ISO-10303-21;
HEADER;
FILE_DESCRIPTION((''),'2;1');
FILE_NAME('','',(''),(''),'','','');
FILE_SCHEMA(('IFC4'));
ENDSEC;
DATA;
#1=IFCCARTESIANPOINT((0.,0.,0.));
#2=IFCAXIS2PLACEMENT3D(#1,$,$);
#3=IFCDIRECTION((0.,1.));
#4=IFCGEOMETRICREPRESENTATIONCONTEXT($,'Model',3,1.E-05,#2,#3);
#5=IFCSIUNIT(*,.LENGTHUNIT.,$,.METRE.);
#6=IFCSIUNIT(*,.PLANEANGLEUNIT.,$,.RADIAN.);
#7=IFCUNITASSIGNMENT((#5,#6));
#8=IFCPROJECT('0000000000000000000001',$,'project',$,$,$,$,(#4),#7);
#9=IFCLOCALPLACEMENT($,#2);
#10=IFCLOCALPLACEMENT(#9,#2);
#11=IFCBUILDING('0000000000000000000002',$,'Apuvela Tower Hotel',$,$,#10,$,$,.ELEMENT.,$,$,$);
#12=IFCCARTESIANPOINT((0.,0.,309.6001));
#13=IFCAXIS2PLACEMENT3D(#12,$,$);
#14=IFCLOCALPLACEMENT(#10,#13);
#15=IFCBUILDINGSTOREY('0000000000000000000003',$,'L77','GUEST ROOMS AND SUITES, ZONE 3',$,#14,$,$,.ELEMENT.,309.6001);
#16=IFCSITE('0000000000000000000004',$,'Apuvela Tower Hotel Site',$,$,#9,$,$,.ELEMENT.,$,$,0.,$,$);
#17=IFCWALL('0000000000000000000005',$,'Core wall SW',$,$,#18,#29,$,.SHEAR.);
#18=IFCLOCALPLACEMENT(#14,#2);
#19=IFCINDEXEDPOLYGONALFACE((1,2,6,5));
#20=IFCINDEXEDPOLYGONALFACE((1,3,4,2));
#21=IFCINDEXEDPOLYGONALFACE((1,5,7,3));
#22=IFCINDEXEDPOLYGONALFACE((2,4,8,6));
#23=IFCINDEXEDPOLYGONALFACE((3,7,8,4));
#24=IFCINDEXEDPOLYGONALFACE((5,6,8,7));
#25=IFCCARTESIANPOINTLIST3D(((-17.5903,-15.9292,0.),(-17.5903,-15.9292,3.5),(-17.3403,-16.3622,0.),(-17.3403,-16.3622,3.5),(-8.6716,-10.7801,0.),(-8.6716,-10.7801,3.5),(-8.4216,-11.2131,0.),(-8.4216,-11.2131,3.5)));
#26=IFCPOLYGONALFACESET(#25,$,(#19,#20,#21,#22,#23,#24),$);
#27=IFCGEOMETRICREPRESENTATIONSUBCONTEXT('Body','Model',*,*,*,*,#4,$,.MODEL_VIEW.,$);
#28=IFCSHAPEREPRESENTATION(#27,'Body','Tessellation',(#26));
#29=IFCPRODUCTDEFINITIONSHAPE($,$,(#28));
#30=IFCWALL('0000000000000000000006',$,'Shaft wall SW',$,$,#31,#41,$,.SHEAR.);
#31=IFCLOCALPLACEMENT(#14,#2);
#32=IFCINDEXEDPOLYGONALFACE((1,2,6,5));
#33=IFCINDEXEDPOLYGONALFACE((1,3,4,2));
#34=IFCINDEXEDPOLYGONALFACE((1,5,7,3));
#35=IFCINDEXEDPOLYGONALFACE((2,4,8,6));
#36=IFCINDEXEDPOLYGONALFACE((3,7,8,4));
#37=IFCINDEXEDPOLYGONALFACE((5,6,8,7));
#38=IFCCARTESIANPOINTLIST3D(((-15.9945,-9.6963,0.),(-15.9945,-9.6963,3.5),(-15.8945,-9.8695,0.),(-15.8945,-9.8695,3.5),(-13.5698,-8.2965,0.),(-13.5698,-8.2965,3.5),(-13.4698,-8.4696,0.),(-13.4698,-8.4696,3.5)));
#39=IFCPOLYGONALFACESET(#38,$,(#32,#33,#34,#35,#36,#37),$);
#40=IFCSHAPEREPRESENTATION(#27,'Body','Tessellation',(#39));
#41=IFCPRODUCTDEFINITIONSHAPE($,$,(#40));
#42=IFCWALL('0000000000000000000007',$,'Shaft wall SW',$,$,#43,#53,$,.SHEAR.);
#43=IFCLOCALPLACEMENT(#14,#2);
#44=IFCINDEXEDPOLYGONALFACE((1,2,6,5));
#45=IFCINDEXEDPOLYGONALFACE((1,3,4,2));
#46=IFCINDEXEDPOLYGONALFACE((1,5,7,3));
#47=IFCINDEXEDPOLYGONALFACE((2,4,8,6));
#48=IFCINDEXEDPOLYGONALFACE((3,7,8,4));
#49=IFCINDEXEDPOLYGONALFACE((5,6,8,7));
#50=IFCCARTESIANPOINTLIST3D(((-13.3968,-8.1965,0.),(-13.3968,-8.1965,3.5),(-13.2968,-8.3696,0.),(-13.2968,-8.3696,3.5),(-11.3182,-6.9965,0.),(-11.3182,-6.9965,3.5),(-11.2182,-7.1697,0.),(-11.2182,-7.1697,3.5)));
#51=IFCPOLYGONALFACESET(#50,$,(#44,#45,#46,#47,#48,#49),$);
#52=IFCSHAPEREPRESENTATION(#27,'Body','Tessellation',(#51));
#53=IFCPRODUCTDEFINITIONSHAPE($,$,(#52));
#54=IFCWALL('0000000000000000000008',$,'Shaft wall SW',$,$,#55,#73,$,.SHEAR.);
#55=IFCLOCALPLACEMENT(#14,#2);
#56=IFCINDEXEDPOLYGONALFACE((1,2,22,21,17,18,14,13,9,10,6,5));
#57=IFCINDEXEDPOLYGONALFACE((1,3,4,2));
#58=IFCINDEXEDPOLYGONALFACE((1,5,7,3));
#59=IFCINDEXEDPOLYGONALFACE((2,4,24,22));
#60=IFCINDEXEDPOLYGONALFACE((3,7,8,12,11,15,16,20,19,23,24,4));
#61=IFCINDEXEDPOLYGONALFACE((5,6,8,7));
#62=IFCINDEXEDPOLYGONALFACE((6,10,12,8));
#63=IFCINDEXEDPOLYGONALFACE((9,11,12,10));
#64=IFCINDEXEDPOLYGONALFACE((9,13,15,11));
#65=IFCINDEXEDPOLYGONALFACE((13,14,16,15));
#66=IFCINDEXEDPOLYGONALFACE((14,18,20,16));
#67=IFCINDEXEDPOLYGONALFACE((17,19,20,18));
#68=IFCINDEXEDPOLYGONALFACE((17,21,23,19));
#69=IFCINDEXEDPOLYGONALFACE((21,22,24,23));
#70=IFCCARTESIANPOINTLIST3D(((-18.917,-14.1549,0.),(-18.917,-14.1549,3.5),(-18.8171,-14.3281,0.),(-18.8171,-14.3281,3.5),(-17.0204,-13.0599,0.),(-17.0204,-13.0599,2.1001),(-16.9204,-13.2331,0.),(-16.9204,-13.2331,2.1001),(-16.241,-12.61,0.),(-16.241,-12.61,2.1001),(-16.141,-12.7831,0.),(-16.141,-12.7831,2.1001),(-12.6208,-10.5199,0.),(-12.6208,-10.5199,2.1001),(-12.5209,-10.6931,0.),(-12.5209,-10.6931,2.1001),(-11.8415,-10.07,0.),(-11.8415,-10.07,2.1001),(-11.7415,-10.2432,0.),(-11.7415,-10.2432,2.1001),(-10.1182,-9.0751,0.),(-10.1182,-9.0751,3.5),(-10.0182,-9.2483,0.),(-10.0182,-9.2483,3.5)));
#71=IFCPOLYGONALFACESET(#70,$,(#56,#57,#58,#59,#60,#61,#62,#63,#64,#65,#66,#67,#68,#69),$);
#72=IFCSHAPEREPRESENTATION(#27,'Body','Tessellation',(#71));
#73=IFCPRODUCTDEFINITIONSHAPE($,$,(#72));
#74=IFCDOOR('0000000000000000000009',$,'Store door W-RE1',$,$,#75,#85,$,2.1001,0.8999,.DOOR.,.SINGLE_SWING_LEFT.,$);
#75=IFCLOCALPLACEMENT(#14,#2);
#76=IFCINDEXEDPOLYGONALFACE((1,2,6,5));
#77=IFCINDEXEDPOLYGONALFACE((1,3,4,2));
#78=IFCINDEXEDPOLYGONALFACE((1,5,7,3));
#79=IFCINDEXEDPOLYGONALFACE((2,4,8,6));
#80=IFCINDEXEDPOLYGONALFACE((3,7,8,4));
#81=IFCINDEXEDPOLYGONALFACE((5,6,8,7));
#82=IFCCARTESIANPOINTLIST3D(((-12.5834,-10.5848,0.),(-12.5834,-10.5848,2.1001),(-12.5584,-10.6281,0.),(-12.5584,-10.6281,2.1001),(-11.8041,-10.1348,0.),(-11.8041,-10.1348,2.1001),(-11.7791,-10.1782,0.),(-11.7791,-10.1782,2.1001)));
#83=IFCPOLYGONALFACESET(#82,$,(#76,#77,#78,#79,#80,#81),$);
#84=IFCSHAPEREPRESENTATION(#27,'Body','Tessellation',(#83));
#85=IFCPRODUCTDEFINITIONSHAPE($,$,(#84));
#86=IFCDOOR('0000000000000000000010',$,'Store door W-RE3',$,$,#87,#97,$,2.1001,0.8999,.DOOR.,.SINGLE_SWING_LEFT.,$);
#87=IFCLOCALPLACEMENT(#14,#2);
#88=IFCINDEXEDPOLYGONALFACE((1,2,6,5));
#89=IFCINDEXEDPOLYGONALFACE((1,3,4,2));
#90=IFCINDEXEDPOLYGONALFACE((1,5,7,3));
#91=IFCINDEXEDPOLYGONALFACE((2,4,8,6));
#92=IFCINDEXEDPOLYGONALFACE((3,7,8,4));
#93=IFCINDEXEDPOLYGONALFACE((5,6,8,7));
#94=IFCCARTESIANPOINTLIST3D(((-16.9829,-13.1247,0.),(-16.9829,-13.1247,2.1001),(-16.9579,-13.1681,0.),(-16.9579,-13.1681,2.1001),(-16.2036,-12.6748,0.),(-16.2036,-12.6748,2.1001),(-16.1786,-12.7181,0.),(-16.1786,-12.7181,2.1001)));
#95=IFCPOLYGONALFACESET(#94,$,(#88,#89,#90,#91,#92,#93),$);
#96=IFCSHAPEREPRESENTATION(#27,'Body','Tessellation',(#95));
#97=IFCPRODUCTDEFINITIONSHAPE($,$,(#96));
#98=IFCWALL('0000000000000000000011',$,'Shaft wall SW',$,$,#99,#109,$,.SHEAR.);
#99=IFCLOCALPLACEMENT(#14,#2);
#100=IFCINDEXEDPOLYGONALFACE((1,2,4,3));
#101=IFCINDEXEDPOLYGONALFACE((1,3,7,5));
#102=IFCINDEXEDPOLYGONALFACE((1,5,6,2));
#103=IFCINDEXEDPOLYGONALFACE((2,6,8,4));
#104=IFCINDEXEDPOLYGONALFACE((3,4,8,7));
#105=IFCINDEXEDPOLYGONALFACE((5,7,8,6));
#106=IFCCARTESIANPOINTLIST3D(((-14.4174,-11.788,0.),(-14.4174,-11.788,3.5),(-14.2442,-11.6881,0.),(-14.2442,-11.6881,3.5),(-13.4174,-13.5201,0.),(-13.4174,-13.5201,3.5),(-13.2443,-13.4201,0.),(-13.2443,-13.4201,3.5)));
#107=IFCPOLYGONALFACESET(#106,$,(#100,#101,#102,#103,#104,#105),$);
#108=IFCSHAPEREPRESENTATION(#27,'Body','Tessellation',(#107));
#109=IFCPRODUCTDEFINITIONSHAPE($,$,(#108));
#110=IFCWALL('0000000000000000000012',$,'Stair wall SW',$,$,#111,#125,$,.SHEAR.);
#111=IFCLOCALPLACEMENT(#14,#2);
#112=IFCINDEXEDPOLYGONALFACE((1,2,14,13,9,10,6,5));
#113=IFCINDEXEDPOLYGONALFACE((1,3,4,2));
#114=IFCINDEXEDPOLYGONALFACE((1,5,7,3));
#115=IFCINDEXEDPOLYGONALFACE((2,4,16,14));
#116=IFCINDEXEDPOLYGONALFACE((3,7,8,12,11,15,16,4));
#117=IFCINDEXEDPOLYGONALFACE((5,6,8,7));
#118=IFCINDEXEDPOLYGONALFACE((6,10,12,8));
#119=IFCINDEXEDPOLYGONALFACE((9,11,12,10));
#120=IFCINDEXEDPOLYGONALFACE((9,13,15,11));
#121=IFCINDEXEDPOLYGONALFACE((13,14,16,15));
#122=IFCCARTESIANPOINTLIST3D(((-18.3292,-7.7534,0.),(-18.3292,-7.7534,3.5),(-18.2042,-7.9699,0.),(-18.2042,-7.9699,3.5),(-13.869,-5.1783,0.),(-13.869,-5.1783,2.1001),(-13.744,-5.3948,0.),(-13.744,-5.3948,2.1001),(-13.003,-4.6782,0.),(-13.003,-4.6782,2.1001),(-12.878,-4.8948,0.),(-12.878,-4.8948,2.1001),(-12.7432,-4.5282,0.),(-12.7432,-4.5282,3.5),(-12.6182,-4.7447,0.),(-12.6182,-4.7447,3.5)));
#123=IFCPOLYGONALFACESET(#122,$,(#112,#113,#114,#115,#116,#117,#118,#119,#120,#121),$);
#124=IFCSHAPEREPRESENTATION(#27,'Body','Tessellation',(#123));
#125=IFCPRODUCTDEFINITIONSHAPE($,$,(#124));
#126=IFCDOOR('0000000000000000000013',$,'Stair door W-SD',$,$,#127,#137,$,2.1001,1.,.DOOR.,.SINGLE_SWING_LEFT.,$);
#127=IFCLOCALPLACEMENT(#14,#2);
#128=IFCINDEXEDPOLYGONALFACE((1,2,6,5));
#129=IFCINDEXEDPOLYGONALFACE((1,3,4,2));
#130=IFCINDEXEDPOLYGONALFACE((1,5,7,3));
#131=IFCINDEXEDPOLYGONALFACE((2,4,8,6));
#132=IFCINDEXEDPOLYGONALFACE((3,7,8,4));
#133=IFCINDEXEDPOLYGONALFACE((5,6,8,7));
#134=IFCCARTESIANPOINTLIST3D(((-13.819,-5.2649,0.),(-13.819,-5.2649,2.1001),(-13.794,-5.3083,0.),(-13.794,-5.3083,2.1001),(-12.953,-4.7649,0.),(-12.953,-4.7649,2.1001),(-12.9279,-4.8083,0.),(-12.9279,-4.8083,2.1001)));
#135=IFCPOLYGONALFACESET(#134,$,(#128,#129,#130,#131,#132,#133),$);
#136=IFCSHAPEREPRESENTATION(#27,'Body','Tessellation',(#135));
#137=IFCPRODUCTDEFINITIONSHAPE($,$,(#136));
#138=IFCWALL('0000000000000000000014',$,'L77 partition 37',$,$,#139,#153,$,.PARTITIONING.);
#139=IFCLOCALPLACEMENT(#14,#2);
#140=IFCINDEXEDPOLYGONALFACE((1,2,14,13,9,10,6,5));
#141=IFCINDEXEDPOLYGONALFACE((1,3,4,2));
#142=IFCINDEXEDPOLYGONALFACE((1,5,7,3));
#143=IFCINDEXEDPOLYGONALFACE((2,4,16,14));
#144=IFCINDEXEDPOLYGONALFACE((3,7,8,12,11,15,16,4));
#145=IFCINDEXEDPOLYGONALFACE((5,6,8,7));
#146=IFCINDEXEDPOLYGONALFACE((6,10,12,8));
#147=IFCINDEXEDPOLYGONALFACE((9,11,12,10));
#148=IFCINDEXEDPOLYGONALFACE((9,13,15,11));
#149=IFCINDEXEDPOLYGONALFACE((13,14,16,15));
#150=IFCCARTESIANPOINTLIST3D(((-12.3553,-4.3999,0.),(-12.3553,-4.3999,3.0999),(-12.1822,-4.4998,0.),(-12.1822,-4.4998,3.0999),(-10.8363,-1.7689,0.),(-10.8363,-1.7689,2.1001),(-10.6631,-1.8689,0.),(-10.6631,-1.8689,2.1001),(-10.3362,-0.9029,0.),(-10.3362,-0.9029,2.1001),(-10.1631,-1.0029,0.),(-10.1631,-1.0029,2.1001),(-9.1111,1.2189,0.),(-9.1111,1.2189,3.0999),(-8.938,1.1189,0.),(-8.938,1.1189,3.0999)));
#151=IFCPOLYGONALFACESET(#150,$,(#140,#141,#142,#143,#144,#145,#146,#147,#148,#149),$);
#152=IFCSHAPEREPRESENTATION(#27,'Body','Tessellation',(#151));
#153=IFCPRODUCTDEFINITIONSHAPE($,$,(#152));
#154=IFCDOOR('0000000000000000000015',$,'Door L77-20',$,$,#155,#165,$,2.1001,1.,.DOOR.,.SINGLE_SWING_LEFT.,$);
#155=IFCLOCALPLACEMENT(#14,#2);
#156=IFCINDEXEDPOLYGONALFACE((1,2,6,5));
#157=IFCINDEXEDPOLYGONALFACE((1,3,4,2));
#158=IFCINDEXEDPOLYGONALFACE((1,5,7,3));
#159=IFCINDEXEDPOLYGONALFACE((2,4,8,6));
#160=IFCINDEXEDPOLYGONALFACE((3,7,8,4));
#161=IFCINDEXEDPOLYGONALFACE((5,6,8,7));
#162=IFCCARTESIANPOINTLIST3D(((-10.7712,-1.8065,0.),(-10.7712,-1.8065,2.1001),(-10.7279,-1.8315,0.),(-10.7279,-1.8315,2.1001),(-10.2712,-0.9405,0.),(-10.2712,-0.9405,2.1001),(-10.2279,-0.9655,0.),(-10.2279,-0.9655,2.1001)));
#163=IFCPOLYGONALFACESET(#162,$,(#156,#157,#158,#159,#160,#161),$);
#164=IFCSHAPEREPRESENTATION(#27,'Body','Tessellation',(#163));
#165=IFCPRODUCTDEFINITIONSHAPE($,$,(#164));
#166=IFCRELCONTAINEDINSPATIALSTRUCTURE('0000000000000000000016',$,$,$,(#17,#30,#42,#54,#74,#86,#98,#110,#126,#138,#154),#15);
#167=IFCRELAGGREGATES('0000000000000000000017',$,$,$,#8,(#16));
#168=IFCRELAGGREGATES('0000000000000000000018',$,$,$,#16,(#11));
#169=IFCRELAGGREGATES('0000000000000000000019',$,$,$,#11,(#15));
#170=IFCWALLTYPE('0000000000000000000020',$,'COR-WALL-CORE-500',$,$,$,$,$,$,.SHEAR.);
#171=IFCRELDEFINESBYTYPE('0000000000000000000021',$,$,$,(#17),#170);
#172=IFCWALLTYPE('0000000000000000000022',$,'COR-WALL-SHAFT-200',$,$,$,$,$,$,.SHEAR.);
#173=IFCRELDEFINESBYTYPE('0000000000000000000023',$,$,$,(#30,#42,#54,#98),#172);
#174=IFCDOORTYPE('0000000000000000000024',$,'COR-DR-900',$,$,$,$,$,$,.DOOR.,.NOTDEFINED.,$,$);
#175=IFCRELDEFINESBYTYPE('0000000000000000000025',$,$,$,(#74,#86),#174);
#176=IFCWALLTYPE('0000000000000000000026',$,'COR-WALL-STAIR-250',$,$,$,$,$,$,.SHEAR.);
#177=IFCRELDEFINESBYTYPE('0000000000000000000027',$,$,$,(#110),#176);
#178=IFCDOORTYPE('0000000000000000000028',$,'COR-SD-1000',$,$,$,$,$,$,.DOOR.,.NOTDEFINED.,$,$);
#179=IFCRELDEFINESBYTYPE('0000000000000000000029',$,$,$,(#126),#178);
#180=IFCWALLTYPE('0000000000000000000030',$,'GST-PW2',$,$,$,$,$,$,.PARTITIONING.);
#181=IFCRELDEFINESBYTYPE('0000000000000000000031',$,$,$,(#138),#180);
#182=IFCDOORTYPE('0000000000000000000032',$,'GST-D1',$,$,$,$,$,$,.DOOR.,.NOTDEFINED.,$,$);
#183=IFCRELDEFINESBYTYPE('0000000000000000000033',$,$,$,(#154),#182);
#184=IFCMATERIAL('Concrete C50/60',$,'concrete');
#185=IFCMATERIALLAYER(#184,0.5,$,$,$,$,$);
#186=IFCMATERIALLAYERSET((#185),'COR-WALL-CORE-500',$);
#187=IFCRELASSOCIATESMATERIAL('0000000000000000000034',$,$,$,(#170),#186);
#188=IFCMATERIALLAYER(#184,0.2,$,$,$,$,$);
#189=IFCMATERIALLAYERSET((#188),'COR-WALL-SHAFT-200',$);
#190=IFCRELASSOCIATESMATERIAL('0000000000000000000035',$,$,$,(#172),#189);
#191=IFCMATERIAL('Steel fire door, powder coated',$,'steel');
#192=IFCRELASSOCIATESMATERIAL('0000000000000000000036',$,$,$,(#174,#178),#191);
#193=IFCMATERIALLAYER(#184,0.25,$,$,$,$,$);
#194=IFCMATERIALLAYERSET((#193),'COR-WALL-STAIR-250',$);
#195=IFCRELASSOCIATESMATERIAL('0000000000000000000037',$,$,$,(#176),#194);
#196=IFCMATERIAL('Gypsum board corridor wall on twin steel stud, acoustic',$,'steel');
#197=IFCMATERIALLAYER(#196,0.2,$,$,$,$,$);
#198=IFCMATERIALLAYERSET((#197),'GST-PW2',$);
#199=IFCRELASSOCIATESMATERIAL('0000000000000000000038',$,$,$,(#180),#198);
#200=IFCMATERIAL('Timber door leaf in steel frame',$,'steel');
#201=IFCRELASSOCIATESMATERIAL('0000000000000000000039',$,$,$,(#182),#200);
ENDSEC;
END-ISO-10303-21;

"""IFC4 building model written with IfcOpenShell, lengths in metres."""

from ifc_helpers import new_model, si_unit, direction, frame, frame_2d, origin, place, context, subcontext, project, spatial, rectangle, extrude, material, layer, layer_set, type_object, element, fill, save


model = new_model("IFC4")

# Units and contexts
model_context = context("Model", 3, precision=1e-05, world=origin(), true_north=direction((0.0, 1.0)))
body_context = subcontext(model_context, "Body", "Model", "MODEL_VIEW")
ifc_project = project(units=[si_unit("LENGTHUNIT", "METRE"), si_unit("PLANEANGLEUNIT", "RADIAN")], contexts=[model_context])

# Site, building, storey
site_placement = place(None, origin())
site = spatial("IfcSite", under=ifc_project, at=site_placement, Name="Apuvela Tower Hotel Site", CompositionType="ELEMENT", RefElevation=0.0)
building_placement = place(site_placement, origin())
building = spatial("IfcBuilding", under=site, at=building_placement, Name="Apuvela Tower Hotel", CompositionType="ELEMENT")
storey_placement = place(building_placement, frame((0.0, 0.0, 309.6001)))
storey = spatial("IfcBuildingStorey", under=building, at=storey_placement, Name="L77", Description="GUEST ROOMS AND SUITES, ZONE 3", CompositionType="ELEMENT", Elevation=309.6001)

# Walls
ifc_material_1 = material(Name="Concrete C50/60", Category="concrete")
ifc_layer_1 = layer(ifc_material_1, 0.5)
ifc_layer_set_1 = layer_set([ifc_layer_1], Name="COR-WALL-CORE-500")
wall_type_1 = type_object("IfcWallType", Name="COR-WALL-CORE-500", PredefinedType="SHEAR", material=ifc_layer_set_1)
wall_1_placement = place(storey_placement, frame((-8.5466, -10.9966, 0.0), z_axis=(0.0, 0.0, 1.0), x_axis=(-0.866027, -0.499997, 0.0)))
element("IfcWall", 1, at=wall_1_placement, inside=storey, type_object=wall_type_1, Name="Core wall SW", PredefinedType="SHEAR", context=body_context, shape_type="SweptSolid", body=[
    extrude(rectangle(XDim=10.2983, YDim=0.5, at=frame_2d((5.1492, 0.0))), origin(), (0.0, 0.0, 1.0), 3.5),
])
ifc_layer_2 = layer(ifc_material_1, 0.2)
ifc_layer_set_2 = layer_set([ifc_layer_2], Name="COR-WALL-SHAFT-200")
wall_type_2 = type_object("IfcWallType", Name="COR-WALL-SHAFT-200", PredefinedType="SHEAR", material=ifc_layer_set_2)
wall_2_placement = place(storey_placement, frame((-13.5198, -8.3831, 0.0), z_axis=(0.0, 0.0, 1.0), x_axis=(-0.866035, -0.499984, 0.0)))
element("IfcWall", 2, at=wall_2_placement, inside=storey, type_object=wall_type_2, Name="Shaft wall SW", PredefinedType="SHEAR", context=body_context, shape_type="SweptSolid", body=[
    extrude(rectangle(XDim=2.7998, YDim=0.2, at=frame_2d((1.3999, 0.0))), origin(), (0.0, 0.0, 1.0), 3.5),
])
wall_3_placement = place(storey_placement, frame((-11.2681, -7.083, 0.0), z_axis=(0.0, 0.0, 1.0), x_axis=(-0.86605, -0.499957, 0.0)))
element("IfcWall", 3, at=wall_3_placement, inside=storey, type_object=wall_type_2, Name="Shaft wall SW", PredefinedType="SHEAR", context=body_context, shape_type="SweptSolid", body=[
    extrude(rectangle(XDim=2.4001, YDim=0.2, at=frame_2d((1.2002, 0.0))), origin(), (0.0, 0.0, 1.0), 3.5),
])

# Wall, openings, doors
wall_4_placement = place(storey_placement, frame((-10.0681, -9.1616, 0.0), z_axis=(0.0, 0.0, 1.0), x_axis=(-0.866033, -0.499987, 0.0)))
wall_4 = element("IfcWall", 4, at=wall_4_placement, inside=storey, type_object=wall_type_2, Name="Shaft wall SW", PredefinedType="SHEAR", context=body_context, shape_type="SweptSolid", body=[
    extrude(rectangle(XDim=10.1599, YDim=0.2, at=frame_2d((5.0801, 0.0))), origin(), (0.0, 0.0, 1.0), 3.5),
])
opening_1_placement = place(wall_4_placement, frame((1.99, 0.0, 0.0)))
opening_1 = element("IfcOpeningElement", 5, at=opening_1_placement, cuts=wall_4, PredefinedType="OPENING", context=body_context, shape_type="SweptSolid", body=[
    extrude(rectangle(XDim=0.8999, YDim=2.1001, at=frame_2d((0.45, 1.05))), frame((0.0, 0.1099, 0.0), z_axis=(0.0, -1.0, 0.0), x_axis=(1.0, 0.0, 0.0)), (0.0, 0.0, 1.0), 0.22),
])
opening_2_placement = place(wall_4_placement, frame((7.0701, 0.0, 0.0)))
opening_2 = element("IfcOpeningElement", 6, at=opening_2_placement, cuts=wall_4, PredefinedType="OPENING", context=body_context, shape_type="SweptSolid", body=[
    extrude(rectangle(XDim=0.8999, YDim=2.1001, at=frame_2d((0.45, 1.05))), frame((0.0, 0.1099, 0.0), z_axis=(0.0, -1.0, 0.0), x_axis=(1.0, 0.0, 0.0)), (0.0, 0.0, 1.0), 0.22),
])
ifc_material_2 = material(Name="Steel fire door, powder coated", Category="steel")
door_type_1 = type_object("IfcDoorType", Name="COR-DR-900", OperationType="NOTDEFINED", PredefinedType="DOOR", material=ifc_material_2)
door_1_placement = place(opening_1_placement, origin())
door_1 = element("IfcDoor", 7, at=door_1_placement, inside=storey, type_object=door_type_1, Name="Store door W-RE1", OperationType="SINGLE_SWING_LEFT", OverallHeight=2.1001, OverallWidth=0.8999, PredefinedType="DOOR", context=body_context, shape_type="SweptSolid", body=[
    extrude(rectangle(XDim=0.8999, YDim=2.1001, at=frame_2d((0.45, 1.05))), frame((0.0, 0.0249, 0.0), z_axis=(0.0, -1.0, 0.0), x_axis=(1.0, 0.0, 0.0)), (0.0, 0.0, 1.0), 0.05),
])
fill(opening_1, door_1)
door_2_placement = place(opening_2_placement, origin())
door_2 = element("IfcDoor", 8, at=door_2_placement, inside=storey, type_object=door_type_1, Name="Store door W-RE3", OperationType="SINGLE_SWING_LEFT", OverallHeight=2.1001, OverallWidth=0.8999, PredefinedType="DOOR", context=body_context, shape_type="SweptSolid", body=[
    extrude(rectangle(XDim=0.8999, YDim=2.1001, at=frame_2d((0.45, 1.05))), frame((0.0, 0.0249, 0.0), z_axis=(0.0, -1.0, 0.0), x_axis=(1.0, 0.0, 0.0)), (0.0, 0.0, 1.0), 0.05),
])
fill(opening_2, door_2)

# Wall
wall_5_placement = place(storey_placement, frame((-14.3308, -11.738, 0.0), z_axis=(0.0, 0.0, 1.0), x_axis=(0.499973, -0.866041, 0.0)))
element("IfcWall", 9, at=wall_5_placement, inside=storey, type_object=wall_type_2, Name="Shaft wall SW", PredefinedType="SHEAR", context=body_context, shape_type="SweptSolid", body=[
    extrude(rectangle(XDim=2.0, YDim=0.2, at=frame_2d((1.0, 0.0))), origin(), (0.0, 0.0, 1.0), 3.5),
])

# Walls, openings, doors
ifc_layer_3 = layer(ifc_material_1, 0.25)
ifc_layer_set_3 = layer_set([ifc_layer_3], Name="COR-WALL-STAIR-250")
wall_type_3 = type_object("IfcWallType", Name="COR-WALL-STAIR-250", PredefinedType="SHEAR", material=ifc_layer_set_3)
wall_6_placement = place(storey_placement, frame((-12.6807, -4.6365, 0.0), z_axis=(0.0, 0.0, 1.0), x_axis=(-0.866022, -0.500006, 0.0)))
wall_6 = element("IfcWall", 10, at=wall_6_placement, inside=storey, type_object=wall_type_3, Name="Stair wall SW", PredefinedType="SHEAR", context=body_context, shape_type="SweptSolid", body=[
    extrude(rectangle(XDim=6.4502, YDim=0.25, at=frame_2d((3.2251, 0.0))), origin(), (0.0, 0.0, 1.0), 3.5),
])
opening_3_placement = place(wall_6_placement, frame((0.3, 0.0, 0.0)))
opening_3 = element("IfcOpeningElement", 11, at=opening_3_placement, cuts=wall_6, PredefinedType="OPENING", context=body_context, shape_type="SweptSolid", body=[
    extrude(rectangle(XDim=1.0, YDim=2.1001, at=frame_2d((0.5, 1.05))), frame((0.0, 0.135, 0.0), z_axis=(0.0, -1.0, 0.0), x_axis=(1.0, 0.0, 0.0)), (0.0, 0.0, 1.0), 0.27),
])
door_type_2 = type_object("IfcDoorType", Name="COR-SD-1000", OperationType="NOTDEFINED", PredefinedType="DOOR", material=ifc_material_2)
door_3_placement = place(opening_3_placement, frame((1.0, 0.0, 0.0), z_axis=(0.0, 0.0, 1.0), x_axis=(-1.0, 0.0, 0.0)))
door_3 = element("IfcDoor", 12, at=door_3_placement, inside=storey, type_object=door_type_2, Name="Stair door W-SD", OperationType="SINGLE_SWING_LEFT", OverallHeight=2.1001, OverallWidth=1.0, PredefinedType="DOOR", context=body_context, shape_type="SweptSolid", body=[
    extrude(rectangle(XDim=1.0, YDim=2.1001, at=frame_2d((0.5, 1.05))), frame((0.0, 0.0249, 0.0), z_axis=(0.0, -1.0, 0.0), x_axis=(1.0, 0.0, 0.0)), (0.0, 0.0, 1.0), 0.05),
])
fill(opening_3, door_3)
ifc_material_3 = material(Name="Gypsum board corridor wall on twin steel stud, acoustic", Category="steel")
ifc_layer_4 = layer(ifc_material_3, 0.2)
ifc_layer_set_4 = layer_set([ifc_layer_4], Name="GST-PW2")
wall_type_4 = type_object("IfcWallType", Name="GST-PW2", PredefinedType="PARTITIONING", material=ifc_layer_set_4)
wall_7_placement = place(storey_placement, frame((-12.2688, -4.45, 0.0), z_axis=(0.0, 0.0, 1.0), x_axis=(0.500024, 0.866011, 0.0)))
wall_7 = element("IfcWall", 13, at=wall_7_placement, inside=storey, type_object=wall_type_4, Name="L77 partition 37", PredefinedType="PARTITIONING", context=body_context, shape_type="SweptSolid", body=[
    extrude(rectangle(XDim=6.488, YDim=0.2, at=frame_2d((3.2441, 0.0))), origin(), (0.0, 0.0, 1.0), 3.0999),
])
opening_4_placement = place(wall_7_placement, frame((3.0381, 0.0, 0.0)))
opening_4 = element("IfcOpeningElement", 14, at=opening_4_placement, cuts=wall_7, PredefinedType="OPENING", context=body_context, shape_type="SweptSolid", body=[
    extrude(rectangle(XDim=1.0, YDim=2.1001, at=frame_2d((0.5, 1.05))), frame((0.0, 0.1099, 0.0), z_axis=(0.0, -1.0, 0.0), x_axis=(1.0, 0.0, 0.0)), (0.0, 0.0, 1.0), 0.22),
])
ifc_material_4 = material(Name="Timber door leaf in steel frame", Category="steel")
door_type_3 = type_object("IfcDoorType", Name="GST-D1", OperationType="NOTDEFINED", PredefinedType="DOOR", material=ifc_material_4)
door_4_placement = place(opening_4_placement, origin())
door_4 = element("IfcDoor", 15, at=door_4_placement, inside=storey, type_object=door_type_3, Name="Door L77-20", OperationType="SINGLE_SWING_LEFT", OverallHeight=2.1001, OverallWidth=1.0, PredefinedType="DOOR", context=body_context, shape_type="SweptSolid", body=[
    extrude(rectangle(XDim=1.0, YDim=2.1001, at=frame_2d((0.5, 1.05))), frame((0.0, 0.0249, 0.0), z_axis=(0.0, -1.0, 0.0), x_axis=(1.0, 0.0, 0.0)), (0.0, 0.0, 1.0), 0.05),
])
fill(opening_4, door_4)

save(model, "model.ifc")
